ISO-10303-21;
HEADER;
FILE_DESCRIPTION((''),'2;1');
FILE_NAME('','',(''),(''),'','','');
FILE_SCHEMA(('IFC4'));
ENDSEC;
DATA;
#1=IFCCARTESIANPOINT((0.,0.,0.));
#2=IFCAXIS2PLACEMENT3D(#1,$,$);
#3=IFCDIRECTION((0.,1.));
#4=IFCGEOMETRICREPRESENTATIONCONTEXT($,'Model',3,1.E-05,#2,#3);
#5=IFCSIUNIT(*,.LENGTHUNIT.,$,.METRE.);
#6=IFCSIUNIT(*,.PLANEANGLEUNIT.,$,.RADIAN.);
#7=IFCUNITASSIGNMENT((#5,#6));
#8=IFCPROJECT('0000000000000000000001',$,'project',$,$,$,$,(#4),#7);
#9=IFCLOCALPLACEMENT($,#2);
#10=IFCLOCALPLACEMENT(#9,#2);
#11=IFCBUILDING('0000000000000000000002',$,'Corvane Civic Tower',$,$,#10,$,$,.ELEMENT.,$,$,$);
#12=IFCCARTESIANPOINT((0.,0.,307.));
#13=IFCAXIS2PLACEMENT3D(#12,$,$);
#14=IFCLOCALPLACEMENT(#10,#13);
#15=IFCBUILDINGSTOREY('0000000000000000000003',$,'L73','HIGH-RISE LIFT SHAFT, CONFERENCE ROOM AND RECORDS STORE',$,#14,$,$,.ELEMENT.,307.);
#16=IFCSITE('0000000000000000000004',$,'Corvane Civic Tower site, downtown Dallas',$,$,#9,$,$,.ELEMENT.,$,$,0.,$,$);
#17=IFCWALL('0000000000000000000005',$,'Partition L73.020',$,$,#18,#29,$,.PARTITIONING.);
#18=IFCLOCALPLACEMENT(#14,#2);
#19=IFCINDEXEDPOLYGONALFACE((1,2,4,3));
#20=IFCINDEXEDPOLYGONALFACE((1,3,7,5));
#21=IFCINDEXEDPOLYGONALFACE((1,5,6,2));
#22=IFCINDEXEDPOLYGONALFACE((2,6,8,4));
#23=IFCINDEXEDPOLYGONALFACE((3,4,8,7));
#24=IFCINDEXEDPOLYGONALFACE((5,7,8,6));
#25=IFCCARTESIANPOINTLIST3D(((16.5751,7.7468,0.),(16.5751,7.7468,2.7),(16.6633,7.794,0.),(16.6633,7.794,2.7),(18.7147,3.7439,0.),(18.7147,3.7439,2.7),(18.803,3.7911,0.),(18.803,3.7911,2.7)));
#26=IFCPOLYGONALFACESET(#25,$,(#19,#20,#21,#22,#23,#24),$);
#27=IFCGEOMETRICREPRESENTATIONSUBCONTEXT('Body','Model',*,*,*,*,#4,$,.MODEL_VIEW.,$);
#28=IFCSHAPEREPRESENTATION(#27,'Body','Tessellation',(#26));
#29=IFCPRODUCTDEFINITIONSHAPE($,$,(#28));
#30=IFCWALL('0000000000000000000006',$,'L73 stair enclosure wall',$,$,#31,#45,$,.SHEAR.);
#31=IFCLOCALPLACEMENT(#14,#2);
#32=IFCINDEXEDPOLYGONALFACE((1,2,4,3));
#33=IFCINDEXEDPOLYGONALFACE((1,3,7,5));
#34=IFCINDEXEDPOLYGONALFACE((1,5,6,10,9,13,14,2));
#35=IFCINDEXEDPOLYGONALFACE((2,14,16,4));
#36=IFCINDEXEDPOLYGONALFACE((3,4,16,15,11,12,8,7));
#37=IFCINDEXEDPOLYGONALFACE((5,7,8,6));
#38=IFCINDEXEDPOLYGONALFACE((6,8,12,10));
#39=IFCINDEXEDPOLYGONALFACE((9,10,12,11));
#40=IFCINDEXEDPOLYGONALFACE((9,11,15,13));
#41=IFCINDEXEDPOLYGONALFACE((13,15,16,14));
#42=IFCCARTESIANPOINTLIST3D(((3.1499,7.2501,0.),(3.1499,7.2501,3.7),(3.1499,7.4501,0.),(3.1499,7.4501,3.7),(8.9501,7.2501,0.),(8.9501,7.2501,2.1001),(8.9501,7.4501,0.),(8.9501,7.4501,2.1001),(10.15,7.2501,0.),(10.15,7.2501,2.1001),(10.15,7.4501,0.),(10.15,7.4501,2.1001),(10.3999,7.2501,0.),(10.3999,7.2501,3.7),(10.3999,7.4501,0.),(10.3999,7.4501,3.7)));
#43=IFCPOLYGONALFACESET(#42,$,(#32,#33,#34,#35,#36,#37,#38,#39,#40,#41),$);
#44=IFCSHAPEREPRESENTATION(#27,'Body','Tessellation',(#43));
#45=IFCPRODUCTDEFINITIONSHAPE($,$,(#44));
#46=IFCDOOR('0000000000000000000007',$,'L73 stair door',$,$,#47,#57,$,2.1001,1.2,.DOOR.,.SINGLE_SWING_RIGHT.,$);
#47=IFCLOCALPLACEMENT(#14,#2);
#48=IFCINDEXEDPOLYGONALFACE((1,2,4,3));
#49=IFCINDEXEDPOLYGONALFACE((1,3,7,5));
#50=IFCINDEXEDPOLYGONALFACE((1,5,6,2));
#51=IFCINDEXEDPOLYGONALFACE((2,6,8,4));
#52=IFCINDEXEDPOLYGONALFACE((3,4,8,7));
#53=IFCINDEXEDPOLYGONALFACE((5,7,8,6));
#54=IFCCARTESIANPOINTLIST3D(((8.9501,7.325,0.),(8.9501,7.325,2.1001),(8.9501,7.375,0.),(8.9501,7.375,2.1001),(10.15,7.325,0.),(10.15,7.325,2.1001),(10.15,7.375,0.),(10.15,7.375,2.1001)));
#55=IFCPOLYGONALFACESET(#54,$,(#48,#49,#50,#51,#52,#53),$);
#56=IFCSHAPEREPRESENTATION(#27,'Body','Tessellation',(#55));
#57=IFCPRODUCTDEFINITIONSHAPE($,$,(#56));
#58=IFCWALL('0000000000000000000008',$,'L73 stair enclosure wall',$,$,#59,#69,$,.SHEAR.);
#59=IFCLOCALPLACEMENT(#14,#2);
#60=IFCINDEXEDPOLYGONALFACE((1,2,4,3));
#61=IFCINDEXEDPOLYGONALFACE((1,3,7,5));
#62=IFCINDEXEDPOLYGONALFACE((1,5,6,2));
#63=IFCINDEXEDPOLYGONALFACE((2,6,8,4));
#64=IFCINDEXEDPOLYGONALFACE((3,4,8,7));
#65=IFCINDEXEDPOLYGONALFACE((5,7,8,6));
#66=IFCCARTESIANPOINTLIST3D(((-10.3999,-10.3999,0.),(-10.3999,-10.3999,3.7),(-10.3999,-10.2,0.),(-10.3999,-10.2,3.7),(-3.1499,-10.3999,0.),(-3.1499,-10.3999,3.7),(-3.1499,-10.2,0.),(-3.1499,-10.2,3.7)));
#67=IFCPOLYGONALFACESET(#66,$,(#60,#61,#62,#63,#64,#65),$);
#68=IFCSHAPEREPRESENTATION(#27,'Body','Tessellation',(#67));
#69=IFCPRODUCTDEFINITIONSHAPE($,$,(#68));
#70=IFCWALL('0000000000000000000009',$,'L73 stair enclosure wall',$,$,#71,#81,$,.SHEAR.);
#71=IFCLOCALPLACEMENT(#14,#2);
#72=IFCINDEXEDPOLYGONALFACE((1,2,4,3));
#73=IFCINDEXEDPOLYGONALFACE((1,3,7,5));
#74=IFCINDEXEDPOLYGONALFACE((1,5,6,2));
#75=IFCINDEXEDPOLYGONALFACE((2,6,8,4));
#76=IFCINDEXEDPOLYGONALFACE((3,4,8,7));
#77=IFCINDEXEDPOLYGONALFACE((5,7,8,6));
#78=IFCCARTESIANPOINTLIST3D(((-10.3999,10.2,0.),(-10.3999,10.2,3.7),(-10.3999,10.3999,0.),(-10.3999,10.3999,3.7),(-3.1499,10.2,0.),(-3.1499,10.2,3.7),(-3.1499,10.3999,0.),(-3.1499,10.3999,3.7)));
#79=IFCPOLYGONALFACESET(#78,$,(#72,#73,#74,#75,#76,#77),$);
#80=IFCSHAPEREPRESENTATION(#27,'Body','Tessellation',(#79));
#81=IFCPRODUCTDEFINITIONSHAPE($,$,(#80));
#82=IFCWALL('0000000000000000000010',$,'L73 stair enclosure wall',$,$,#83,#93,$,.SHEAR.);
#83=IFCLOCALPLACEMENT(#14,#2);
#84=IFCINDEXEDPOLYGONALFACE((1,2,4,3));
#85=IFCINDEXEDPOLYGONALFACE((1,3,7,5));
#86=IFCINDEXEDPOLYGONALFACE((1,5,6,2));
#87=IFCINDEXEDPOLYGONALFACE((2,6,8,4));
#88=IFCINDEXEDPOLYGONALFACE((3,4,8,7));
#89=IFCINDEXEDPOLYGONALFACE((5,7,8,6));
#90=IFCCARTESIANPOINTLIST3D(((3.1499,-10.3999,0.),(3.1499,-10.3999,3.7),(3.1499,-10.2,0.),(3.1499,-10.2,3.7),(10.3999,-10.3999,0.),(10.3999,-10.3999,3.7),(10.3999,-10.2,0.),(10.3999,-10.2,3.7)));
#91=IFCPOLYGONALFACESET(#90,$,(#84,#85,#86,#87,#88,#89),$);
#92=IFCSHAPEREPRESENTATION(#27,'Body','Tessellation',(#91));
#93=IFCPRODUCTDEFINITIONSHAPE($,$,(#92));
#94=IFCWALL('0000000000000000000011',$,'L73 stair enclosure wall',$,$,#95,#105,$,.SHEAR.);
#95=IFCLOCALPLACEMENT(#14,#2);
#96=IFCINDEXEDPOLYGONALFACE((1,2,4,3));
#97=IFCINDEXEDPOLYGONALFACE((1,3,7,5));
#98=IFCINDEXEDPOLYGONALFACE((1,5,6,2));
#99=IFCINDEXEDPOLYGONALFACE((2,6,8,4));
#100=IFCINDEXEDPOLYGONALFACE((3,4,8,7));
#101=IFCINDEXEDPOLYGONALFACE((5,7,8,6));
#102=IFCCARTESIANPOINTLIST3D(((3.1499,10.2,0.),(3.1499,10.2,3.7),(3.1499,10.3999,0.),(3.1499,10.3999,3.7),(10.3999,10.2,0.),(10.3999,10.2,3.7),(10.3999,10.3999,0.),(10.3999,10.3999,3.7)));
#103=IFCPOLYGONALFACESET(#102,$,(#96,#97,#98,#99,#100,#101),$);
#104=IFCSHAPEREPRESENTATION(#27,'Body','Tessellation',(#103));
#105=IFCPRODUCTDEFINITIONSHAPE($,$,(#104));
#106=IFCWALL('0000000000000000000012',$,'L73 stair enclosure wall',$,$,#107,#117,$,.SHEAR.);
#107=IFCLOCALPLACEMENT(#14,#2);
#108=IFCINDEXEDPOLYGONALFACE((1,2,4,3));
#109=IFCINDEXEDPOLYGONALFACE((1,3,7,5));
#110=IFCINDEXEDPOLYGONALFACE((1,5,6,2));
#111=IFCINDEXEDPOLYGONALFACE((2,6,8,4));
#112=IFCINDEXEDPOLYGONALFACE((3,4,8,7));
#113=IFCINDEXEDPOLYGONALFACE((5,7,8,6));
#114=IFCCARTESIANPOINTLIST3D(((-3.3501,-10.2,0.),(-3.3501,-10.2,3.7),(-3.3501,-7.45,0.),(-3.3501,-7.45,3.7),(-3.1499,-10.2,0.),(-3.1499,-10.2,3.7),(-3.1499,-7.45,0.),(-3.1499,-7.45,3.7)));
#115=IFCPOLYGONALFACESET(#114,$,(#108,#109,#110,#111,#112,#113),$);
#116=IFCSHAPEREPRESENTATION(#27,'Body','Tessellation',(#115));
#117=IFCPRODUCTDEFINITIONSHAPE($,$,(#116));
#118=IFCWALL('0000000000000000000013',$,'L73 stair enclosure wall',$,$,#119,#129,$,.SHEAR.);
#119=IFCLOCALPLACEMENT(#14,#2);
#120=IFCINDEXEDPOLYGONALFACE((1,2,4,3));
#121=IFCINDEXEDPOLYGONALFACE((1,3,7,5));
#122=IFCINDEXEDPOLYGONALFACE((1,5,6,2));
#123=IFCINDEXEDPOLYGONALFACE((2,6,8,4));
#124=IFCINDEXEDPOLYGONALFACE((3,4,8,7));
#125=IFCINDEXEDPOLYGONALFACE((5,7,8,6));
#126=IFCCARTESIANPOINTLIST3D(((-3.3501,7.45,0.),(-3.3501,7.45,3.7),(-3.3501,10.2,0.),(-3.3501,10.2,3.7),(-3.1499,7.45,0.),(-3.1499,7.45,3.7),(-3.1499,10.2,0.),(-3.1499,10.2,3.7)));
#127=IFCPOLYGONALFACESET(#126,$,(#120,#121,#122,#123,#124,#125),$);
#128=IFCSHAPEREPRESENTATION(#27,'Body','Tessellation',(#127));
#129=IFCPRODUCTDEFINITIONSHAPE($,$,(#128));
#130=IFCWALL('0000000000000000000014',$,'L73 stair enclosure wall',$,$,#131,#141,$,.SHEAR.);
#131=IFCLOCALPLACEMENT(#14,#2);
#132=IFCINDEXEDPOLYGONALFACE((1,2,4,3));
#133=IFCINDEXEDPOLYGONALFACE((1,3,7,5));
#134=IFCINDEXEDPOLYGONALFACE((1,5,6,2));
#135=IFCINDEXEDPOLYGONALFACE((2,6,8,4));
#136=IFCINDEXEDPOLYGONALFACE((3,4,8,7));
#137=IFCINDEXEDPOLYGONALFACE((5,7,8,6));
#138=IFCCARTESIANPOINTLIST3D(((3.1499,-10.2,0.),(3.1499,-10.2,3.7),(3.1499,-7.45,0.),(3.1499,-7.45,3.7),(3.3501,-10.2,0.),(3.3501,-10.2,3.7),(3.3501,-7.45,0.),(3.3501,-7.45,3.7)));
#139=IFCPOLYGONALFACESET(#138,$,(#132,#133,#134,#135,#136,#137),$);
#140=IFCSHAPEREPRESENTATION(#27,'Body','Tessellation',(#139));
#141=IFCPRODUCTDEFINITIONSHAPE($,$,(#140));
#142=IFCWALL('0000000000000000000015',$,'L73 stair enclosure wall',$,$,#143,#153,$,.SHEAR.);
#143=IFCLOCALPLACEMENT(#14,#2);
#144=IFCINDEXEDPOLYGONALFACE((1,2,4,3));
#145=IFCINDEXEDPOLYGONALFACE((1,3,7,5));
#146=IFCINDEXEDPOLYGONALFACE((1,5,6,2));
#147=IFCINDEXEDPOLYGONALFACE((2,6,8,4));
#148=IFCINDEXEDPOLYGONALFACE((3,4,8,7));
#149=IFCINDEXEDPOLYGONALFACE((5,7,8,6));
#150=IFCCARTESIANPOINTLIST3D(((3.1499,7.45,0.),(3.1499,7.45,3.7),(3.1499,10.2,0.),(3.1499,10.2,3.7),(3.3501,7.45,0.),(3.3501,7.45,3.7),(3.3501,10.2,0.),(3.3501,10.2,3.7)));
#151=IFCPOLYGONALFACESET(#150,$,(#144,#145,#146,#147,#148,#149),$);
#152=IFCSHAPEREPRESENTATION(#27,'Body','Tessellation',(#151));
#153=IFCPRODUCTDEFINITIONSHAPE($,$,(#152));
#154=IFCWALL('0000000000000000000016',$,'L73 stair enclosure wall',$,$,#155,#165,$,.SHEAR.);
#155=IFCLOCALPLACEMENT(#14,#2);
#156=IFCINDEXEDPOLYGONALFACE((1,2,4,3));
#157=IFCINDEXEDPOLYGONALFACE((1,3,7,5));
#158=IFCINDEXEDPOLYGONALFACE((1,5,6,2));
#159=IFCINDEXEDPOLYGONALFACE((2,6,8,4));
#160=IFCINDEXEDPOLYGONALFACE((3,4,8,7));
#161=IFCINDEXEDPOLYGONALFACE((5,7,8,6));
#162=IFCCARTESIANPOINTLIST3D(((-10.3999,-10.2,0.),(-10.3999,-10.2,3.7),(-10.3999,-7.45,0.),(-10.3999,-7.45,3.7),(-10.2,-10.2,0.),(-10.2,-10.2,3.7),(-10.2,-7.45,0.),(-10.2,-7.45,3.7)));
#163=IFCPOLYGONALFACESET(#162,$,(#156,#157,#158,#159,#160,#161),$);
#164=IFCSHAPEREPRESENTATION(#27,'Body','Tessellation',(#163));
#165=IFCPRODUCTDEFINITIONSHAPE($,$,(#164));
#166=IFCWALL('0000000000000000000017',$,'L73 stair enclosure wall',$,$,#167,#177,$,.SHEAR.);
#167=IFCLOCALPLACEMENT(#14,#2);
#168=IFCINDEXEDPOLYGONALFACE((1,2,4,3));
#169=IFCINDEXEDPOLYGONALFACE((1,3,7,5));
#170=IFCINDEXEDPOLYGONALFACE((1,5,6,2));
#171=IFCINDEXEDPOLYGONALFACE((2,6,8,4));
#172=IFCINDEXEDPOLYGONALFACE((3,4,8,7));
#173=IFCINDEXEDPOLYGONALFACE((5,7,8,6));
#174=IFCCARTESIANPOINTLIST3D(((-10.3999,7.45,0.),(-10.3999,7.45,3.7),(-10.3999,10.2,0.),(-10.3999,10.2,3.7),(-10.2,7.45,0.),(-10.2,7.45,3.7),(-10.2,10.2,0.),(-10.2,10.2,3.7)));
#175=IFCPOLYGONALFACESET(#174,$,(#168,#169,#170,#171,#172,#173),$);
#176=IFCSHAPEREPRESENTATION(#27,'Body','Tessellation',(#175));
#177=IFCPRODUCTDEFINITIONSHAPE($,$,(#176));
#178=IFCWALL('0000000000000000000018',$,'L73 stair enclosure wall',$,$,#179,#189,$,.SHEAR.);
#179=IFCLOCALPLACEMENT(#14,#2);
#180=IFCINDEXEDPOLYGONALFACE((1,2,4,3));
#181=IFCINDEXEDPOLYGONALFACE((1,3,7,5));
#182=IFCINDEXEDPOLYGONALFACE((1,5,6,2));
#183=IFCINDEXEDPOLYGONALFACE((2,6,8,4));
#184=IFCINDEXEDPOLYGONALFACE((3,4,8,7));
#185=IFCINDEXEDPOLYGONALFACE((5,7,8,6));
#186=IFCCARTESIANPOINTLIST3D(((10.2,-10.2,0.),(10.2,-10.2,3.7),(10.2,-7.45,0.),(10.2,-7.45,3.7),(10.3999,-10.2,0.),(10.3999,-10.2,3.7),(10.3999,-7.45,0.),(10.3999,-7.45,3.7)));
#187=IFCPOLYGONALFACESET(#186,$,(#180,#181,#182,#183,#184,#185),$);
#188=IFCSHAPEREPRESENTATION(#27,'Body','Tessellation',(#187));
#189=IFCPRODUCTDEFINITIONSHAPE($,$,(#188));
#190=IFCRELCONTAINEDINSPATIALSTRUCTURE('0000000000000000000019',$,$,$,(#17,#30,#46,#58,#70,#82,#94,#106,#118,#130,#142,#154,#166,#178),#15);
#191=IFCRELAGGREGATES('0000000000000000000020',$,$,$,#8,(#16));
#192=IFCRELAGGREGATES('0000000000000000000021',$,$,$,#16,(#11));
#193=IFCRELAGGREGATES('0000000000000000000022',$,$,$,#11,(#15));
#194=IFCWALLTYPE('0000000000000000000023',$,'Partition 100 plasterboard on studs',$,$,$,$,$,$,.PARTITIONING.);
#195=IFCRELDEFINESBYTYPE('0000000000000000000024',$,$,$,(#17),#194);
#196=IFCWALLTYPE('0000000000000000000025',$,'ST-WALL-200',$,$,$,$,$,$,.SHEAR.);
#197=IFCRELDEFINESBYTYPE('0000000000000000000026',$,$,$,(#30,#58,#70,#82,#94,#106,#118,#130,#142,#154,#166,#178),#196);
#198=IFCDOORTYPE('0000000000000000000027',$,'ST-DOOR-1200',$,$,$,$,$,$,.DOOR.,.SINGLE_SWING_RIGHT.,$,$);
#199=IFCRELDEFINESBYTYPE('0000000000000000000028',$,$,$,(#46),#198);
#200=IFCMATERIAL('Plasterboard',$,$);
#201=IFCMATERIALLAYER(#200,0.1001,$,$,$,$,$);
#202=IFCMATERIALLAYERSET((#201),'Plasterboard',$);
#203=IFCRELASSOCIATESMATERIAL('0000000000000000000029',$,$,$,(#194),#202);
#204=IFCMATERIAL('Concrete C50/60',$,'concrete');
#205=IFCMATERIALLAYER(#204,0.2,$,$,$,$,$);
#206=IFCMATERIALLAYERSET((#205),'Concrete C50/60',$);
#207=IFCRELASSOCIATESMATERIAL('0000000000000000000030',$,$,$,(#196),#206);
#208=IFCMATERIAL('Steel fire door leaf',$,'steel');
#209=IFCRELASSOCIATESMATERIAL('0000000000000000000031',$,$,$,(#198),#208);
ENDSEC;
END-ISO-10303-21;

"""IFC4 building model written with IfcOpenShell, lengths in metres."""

from ifc_helpers import new_model, si_unit, direction, frame, frame_2d, origin, place, context, subcontext, project, spatial, polyline, rectangle, outline, extrude, material, layer, layer_set, type_object, element, fill, save


model = new_model("IFC4")

# Units and contexts
model_context = context("Model", 3, precision=1e-05, world=origin(), true_north=direction((0.0, 1.0)))
body_context = subcontext(model_context, "Body", "Model", "MODEL_VIEW")
ifc_project = project(units=[si_unit("LENGTHUNIT", "METRE"), si_unit("PLANEANGLEUNIT", "RADIAN")], contexts=[model_context])

# Site, building, storey
site_placement = place(None, origin())
site = spatial("IfcSite", under=ifc_project, at=site_placement, Name="Corvane Civic Tower site, downtown Dallas", CompositionType="ELEMENT", RefElevation=0.0)
building_placement = place(site_placement, origin())
building = spatial("IfcBuilding", under=site, at=building_placement, Name="Corvane Civic Tower", CompositionType="ELEMENT")
storey_placement = place(building_placement, frame((0.0, 0.0, 307.0)))
storey = spatial("IfcBuildingStorey", under=building, at=storey_placement, Name="L73", Description="HIGH-RISE LIFT SHAFT, CONFERENCE ROOM AND RECORDS STORE", CompositionType="ELEMENT", Elevation=307.0)

# Shared definitions
ifc_material_1 = material(Name="Plasterboard")
ifc_layer_1 = layer(ifc_material_1, 0.1001)
ifc_layer_set_1 = layer_set([ifc_layer_1], Name="Plasterboard")
wall_type_1 = type_object("IfcWallType", Name="Partition 100 plasterboard on studs", PredefinedType="PARTITIONING", material=ifc_layer_set_1)

# Wall
wall_1_placement = place(storey_placement, frame((16.6191, 7.7705, 0.0), z_axis=(0.0, 0.0, 1.0), x_axis=(0.471403, -0.881918, 0.0)))
element("IfcWall", 1, at=wall_1_placement, inside=storey, type_object=wall_type_1, Name="Partition L73.020", PredefinedType="PARTITIONING", context=body_context, shape_type="SweptSolid", body=[
    extrude(rectangle(XDim=4.5388, YDim=0.1001, at=frame_2d((2.2695, 0.0))), origin(), (0.0, 0.0, 1.0), 2.7),
])

# Wall, opening, door
ifc_material_2 = material(Name="Concrete C50/60", Category="concrete")
ifc_layer_2 = layer(ifc_material_2, 0.2)
ifc_layer_set_2 = layer_set([ifc_layer_2], Name="Concrete C50/60")
wall_type_2 = type_object("IfcWallType", Name="ST-WALL-200", PredefinedType="SHEAR", material=ifc_layer_set_2)
wall_2_placement = place(storey_placement, frame((3.1499, 7.3501, 0.0), z_axis=(0.0, 0.0, 1.0), x_axis=(1.0, 0.0, 0.0)))
wall_2 = element("IfcWall", 2, at=wall_2_placement, inside=storey, type_object=wall_type_2, Name="L73 stair enclosure wall", PredefinedType="SHEAR", context=body_context, shape_type="SweptSolid", body=[
    extrude(rectangle(XDim=7.25, YDim=0.2, at=frame_2d((3.625, 0.0))), origin(), (0.0, 0.0, 1.0), 3.7),
])
opening_1_placement = place(wall_2_placement, frame((5.8, 0.0, 0.0)))
opening_1 = element("IfcOpeningElement", 3, at=opening_1_placement, cuts=wall_2, PredefinedType="OPENING", context=body_context, shape_type="SweptSolid", body=[
    extrude(rectangle(XDim=1.2, YDim=2.1001, at=frame_2d((0.6001, 1.05))), frame((0.0, 0.1099, 0.0), z_axis=(0.0, -1.0, 0.0), x_axis=(1.0, 0.0, 0.0)), (0.0, 0.0, 1.0), 0.22),
])
ifc_material_3 = material(Name="Steel fire door leaf", Category="steel")
door_type_1 = type_object("IfcDoorType", Name="ST-DOOR-1200", OperationType="SINGLE_SWING_RIGHT", PredefinedType="DOOR", material=ifc_material_3)
door_1_placement = place(opening_1_placement, origin())
door_1 = element("IfcDoor", 4, at=door_1_placement, inside=storey, type_object=door_type_1, Name="L73 stair door", OperationType="SINGLE_SWING_RIGHT", OverallHeight=2.1001, OverallWidth=1.2, PredefinedType="DOOR", context=body_context, shape_type="SweptSolid", body=[
    extrude(rectangle(XDim=1.2, YDim=2.1001, at=frame_2d((0.6001, 1.05))), frame((0.0, 0.0249, 0.0), z_axis=(0.0, -1.0, 0.0), x_axis=(1.0, 0.0, 0.0)), (0.0, 0.0, 1.0), 0.05),
])
fill(opening_1, door_1)

# Walls
wall_3_placement = place(storey_placement, origin())
element("IfcWall", 5, at=wall_3_placement, inside=storey, type_object=wall_type_2, Name="L73 stair enclosure wall", PredefinedType="SHEAR", context=body_context, shape_type="SweptSolid", body=[
    extrude(outline(polyline([(-3.1499, -10.2), (-3.1499, -10.3999), (-10.3999, -10.3999), (-10.3999, -10.2), (-3.1499, -10.2)])), origin(), (0.0, 0.0, 1.0), 3.7),
])
wall_4_placement = place(storey_placement, origin())
element("IfcWall", 6, at=wall_4_placement, inside=storey, type_object=wall_type_2, Name="L73 stair enclosure wall", PredefinedType="SHEAR", context=body_context, shape_type="SweptSolid", body=[
    extrude(outline(polyline([(-3.1499, 10.2), (-10.3999, 10.2), (-10.3999, 10.3999), (-3.1499, 10.3999), (-3.1499, 10.2)])), origin(), (0.0, 0.0, 1.0), 3.7),
])
wall_5_placement = place(storey_placement, origin())
element("IfcWall", 7, at=wall_5_placement, inside=storey, type_object=wall_type_2, Name="L73 stair enclosure wall", PredefinedType="SHEAR", context=body_context, shape_type="SweptSolid", body=[
    extrude(outline(polyline([(10.3999, -10.3999), (3.1499, -10.3999), (3.1499, -10.2), (10.3999, -10.2), (10.3999, -10.3999)])), origin(), (0.0, 0.0, 1.0), 3.7),
])
wall_6_placement = place(storey_placement, origin())
element("IfcWall", 8, at=wall_6_placement, inside=storey, type_object=wall_type_2, Name="L73 stair enclosure wall", PredefinedType="SHEAR", context=body_context, shape_type="SweptSolid", body=[
    extrude(outline(polyline([(10.3999, 10.2), (3.1499, 10.2), (3.1499, 10.3999), (10.3999, 10.3999), (10.3999, 10.2)])), origin(), (0.0, 0.0, 1.0), 3.7),
])
wall_7_placement = place(storey_placement, origin())
element("IfcWall", 9, at=wall_7_placement, inside=storey, type_object=wall_type_2, Name="L73 stair enclosure wall", PredefinedType="SHEAR", context=body_context, shape_type="SweptSolid", body=[
    extrude(outline(polyline([(-3.1499, -7.45), (-3.1499, -10.2), (-3.3501, -10.2), (-3.3501, -7.45), (-3.1499, -7.45)])), origin(), (0.0, 0.0, 1.0), 3.7),
])
wall_8_placement = place(storey_placement, origin())
element("IfcWall", 10, at=wall_8_placement, inside=storey, type_object=wall_type_2, Name="L73 stair enclosure wall", PredefinedType="SHEAR", context=body_context, shape_type="SweptSolid", body=[
    extrude(outline(polyline([(-3.1499, 7.45), (-3.3501, 7.45), (-3.3501, 10.2), (-3.1499, 10.2), (-3.1499, 7.45)])), origin(), (0.0, 0.0, 1.0), 3.7),
])
wall_9_placement = place(storey_placement, origin())
element("IfcWall", 11, at=wall_9_placement, inside=storey, type_object=wall_type_2, Name="L73 stair enclosure wall", PredefinedType="SHEAR", context=body_context, shape_type="SweptSolid", body=[
    extrude(outline(polyline([(3.3501, -7.45), (3.3501, -10.2), (3.1499, -10.2), (3.1499, -7.45), (3.3501, -7.45)])), origin(), (0.0, 0.0, 1.0), 3.7),
])
wall_10_placement = place(storey_placement, origin())
element("IfcWall", 12, at=wall_10_placement, inside=storey, type_object=wall_type_2, Name="L73 stair enclosure wall", PredefinedType="SHEAR", context=body_context, shape_type="SweptSolid", body=[
    extrude(outline(polyline([(3.3501, 7.45), (3.1499, 7.45), (3.1499, 10.2), (3.3501, 10.2), (3.3501, 7.45)])), origin(), (0.0, 0.0, 1.0), 3.7),
])
wall_11_placement = place(storey_placement, origin())
element("IfcWall", 13, at=wall_11_placement, inside=storey, type_object=wall_type_2, Name="L73 stair enclosure wall", PredefinedType="SHEAR", context=body_context, shape_type="SweptSolid", body=[
    extrude(outline(polyline([(-10.2, -7.45), (-10.2, -10.2), (-10.3999, -10.2), (-10.3999, -7.45), (-10.2, -7.45)])), origin(), (0.0, 0.0, 1.0), 3.7),
])
wall_12_placement = place(storey_placement, origin())
element("IfcWall", 14, at=wall_12_placement, inside=storey, type_object=wall_type_2, Name="L73 stair enclosure wall", PredefinedType="SHEAR", context=body_context, shape_type="SweptSolid", body=[
    extrude(outline(polyline([(-10.2, 7.45), (-10.3999, 7.45), (-10.3999, 10.2), (-10.2, 10.2), (-10.2, 7.45)])), origin(), (0.0, 0.0, 1.0), 3.7),
])
wall_13_placement = place(storey_placement, origin())
element("IfcWall", 15, at=wall_13_placement, inside=storey, type_object=wall_type_2, Name="L73 stair enclosure wall", PredefinedType="SHEAR", context=body_context, shape_type="SweptSolid", body=[
    extrude(outline(polyline([(10.3999, -7.45), (10.3999, -10.2), (10.2, -10.2), (10.2, -7.45), (10.3999, -7.45)])), origin(), (0.0, 0.0, 1.0), 3.7),
])

save(model, "model.ifc")
